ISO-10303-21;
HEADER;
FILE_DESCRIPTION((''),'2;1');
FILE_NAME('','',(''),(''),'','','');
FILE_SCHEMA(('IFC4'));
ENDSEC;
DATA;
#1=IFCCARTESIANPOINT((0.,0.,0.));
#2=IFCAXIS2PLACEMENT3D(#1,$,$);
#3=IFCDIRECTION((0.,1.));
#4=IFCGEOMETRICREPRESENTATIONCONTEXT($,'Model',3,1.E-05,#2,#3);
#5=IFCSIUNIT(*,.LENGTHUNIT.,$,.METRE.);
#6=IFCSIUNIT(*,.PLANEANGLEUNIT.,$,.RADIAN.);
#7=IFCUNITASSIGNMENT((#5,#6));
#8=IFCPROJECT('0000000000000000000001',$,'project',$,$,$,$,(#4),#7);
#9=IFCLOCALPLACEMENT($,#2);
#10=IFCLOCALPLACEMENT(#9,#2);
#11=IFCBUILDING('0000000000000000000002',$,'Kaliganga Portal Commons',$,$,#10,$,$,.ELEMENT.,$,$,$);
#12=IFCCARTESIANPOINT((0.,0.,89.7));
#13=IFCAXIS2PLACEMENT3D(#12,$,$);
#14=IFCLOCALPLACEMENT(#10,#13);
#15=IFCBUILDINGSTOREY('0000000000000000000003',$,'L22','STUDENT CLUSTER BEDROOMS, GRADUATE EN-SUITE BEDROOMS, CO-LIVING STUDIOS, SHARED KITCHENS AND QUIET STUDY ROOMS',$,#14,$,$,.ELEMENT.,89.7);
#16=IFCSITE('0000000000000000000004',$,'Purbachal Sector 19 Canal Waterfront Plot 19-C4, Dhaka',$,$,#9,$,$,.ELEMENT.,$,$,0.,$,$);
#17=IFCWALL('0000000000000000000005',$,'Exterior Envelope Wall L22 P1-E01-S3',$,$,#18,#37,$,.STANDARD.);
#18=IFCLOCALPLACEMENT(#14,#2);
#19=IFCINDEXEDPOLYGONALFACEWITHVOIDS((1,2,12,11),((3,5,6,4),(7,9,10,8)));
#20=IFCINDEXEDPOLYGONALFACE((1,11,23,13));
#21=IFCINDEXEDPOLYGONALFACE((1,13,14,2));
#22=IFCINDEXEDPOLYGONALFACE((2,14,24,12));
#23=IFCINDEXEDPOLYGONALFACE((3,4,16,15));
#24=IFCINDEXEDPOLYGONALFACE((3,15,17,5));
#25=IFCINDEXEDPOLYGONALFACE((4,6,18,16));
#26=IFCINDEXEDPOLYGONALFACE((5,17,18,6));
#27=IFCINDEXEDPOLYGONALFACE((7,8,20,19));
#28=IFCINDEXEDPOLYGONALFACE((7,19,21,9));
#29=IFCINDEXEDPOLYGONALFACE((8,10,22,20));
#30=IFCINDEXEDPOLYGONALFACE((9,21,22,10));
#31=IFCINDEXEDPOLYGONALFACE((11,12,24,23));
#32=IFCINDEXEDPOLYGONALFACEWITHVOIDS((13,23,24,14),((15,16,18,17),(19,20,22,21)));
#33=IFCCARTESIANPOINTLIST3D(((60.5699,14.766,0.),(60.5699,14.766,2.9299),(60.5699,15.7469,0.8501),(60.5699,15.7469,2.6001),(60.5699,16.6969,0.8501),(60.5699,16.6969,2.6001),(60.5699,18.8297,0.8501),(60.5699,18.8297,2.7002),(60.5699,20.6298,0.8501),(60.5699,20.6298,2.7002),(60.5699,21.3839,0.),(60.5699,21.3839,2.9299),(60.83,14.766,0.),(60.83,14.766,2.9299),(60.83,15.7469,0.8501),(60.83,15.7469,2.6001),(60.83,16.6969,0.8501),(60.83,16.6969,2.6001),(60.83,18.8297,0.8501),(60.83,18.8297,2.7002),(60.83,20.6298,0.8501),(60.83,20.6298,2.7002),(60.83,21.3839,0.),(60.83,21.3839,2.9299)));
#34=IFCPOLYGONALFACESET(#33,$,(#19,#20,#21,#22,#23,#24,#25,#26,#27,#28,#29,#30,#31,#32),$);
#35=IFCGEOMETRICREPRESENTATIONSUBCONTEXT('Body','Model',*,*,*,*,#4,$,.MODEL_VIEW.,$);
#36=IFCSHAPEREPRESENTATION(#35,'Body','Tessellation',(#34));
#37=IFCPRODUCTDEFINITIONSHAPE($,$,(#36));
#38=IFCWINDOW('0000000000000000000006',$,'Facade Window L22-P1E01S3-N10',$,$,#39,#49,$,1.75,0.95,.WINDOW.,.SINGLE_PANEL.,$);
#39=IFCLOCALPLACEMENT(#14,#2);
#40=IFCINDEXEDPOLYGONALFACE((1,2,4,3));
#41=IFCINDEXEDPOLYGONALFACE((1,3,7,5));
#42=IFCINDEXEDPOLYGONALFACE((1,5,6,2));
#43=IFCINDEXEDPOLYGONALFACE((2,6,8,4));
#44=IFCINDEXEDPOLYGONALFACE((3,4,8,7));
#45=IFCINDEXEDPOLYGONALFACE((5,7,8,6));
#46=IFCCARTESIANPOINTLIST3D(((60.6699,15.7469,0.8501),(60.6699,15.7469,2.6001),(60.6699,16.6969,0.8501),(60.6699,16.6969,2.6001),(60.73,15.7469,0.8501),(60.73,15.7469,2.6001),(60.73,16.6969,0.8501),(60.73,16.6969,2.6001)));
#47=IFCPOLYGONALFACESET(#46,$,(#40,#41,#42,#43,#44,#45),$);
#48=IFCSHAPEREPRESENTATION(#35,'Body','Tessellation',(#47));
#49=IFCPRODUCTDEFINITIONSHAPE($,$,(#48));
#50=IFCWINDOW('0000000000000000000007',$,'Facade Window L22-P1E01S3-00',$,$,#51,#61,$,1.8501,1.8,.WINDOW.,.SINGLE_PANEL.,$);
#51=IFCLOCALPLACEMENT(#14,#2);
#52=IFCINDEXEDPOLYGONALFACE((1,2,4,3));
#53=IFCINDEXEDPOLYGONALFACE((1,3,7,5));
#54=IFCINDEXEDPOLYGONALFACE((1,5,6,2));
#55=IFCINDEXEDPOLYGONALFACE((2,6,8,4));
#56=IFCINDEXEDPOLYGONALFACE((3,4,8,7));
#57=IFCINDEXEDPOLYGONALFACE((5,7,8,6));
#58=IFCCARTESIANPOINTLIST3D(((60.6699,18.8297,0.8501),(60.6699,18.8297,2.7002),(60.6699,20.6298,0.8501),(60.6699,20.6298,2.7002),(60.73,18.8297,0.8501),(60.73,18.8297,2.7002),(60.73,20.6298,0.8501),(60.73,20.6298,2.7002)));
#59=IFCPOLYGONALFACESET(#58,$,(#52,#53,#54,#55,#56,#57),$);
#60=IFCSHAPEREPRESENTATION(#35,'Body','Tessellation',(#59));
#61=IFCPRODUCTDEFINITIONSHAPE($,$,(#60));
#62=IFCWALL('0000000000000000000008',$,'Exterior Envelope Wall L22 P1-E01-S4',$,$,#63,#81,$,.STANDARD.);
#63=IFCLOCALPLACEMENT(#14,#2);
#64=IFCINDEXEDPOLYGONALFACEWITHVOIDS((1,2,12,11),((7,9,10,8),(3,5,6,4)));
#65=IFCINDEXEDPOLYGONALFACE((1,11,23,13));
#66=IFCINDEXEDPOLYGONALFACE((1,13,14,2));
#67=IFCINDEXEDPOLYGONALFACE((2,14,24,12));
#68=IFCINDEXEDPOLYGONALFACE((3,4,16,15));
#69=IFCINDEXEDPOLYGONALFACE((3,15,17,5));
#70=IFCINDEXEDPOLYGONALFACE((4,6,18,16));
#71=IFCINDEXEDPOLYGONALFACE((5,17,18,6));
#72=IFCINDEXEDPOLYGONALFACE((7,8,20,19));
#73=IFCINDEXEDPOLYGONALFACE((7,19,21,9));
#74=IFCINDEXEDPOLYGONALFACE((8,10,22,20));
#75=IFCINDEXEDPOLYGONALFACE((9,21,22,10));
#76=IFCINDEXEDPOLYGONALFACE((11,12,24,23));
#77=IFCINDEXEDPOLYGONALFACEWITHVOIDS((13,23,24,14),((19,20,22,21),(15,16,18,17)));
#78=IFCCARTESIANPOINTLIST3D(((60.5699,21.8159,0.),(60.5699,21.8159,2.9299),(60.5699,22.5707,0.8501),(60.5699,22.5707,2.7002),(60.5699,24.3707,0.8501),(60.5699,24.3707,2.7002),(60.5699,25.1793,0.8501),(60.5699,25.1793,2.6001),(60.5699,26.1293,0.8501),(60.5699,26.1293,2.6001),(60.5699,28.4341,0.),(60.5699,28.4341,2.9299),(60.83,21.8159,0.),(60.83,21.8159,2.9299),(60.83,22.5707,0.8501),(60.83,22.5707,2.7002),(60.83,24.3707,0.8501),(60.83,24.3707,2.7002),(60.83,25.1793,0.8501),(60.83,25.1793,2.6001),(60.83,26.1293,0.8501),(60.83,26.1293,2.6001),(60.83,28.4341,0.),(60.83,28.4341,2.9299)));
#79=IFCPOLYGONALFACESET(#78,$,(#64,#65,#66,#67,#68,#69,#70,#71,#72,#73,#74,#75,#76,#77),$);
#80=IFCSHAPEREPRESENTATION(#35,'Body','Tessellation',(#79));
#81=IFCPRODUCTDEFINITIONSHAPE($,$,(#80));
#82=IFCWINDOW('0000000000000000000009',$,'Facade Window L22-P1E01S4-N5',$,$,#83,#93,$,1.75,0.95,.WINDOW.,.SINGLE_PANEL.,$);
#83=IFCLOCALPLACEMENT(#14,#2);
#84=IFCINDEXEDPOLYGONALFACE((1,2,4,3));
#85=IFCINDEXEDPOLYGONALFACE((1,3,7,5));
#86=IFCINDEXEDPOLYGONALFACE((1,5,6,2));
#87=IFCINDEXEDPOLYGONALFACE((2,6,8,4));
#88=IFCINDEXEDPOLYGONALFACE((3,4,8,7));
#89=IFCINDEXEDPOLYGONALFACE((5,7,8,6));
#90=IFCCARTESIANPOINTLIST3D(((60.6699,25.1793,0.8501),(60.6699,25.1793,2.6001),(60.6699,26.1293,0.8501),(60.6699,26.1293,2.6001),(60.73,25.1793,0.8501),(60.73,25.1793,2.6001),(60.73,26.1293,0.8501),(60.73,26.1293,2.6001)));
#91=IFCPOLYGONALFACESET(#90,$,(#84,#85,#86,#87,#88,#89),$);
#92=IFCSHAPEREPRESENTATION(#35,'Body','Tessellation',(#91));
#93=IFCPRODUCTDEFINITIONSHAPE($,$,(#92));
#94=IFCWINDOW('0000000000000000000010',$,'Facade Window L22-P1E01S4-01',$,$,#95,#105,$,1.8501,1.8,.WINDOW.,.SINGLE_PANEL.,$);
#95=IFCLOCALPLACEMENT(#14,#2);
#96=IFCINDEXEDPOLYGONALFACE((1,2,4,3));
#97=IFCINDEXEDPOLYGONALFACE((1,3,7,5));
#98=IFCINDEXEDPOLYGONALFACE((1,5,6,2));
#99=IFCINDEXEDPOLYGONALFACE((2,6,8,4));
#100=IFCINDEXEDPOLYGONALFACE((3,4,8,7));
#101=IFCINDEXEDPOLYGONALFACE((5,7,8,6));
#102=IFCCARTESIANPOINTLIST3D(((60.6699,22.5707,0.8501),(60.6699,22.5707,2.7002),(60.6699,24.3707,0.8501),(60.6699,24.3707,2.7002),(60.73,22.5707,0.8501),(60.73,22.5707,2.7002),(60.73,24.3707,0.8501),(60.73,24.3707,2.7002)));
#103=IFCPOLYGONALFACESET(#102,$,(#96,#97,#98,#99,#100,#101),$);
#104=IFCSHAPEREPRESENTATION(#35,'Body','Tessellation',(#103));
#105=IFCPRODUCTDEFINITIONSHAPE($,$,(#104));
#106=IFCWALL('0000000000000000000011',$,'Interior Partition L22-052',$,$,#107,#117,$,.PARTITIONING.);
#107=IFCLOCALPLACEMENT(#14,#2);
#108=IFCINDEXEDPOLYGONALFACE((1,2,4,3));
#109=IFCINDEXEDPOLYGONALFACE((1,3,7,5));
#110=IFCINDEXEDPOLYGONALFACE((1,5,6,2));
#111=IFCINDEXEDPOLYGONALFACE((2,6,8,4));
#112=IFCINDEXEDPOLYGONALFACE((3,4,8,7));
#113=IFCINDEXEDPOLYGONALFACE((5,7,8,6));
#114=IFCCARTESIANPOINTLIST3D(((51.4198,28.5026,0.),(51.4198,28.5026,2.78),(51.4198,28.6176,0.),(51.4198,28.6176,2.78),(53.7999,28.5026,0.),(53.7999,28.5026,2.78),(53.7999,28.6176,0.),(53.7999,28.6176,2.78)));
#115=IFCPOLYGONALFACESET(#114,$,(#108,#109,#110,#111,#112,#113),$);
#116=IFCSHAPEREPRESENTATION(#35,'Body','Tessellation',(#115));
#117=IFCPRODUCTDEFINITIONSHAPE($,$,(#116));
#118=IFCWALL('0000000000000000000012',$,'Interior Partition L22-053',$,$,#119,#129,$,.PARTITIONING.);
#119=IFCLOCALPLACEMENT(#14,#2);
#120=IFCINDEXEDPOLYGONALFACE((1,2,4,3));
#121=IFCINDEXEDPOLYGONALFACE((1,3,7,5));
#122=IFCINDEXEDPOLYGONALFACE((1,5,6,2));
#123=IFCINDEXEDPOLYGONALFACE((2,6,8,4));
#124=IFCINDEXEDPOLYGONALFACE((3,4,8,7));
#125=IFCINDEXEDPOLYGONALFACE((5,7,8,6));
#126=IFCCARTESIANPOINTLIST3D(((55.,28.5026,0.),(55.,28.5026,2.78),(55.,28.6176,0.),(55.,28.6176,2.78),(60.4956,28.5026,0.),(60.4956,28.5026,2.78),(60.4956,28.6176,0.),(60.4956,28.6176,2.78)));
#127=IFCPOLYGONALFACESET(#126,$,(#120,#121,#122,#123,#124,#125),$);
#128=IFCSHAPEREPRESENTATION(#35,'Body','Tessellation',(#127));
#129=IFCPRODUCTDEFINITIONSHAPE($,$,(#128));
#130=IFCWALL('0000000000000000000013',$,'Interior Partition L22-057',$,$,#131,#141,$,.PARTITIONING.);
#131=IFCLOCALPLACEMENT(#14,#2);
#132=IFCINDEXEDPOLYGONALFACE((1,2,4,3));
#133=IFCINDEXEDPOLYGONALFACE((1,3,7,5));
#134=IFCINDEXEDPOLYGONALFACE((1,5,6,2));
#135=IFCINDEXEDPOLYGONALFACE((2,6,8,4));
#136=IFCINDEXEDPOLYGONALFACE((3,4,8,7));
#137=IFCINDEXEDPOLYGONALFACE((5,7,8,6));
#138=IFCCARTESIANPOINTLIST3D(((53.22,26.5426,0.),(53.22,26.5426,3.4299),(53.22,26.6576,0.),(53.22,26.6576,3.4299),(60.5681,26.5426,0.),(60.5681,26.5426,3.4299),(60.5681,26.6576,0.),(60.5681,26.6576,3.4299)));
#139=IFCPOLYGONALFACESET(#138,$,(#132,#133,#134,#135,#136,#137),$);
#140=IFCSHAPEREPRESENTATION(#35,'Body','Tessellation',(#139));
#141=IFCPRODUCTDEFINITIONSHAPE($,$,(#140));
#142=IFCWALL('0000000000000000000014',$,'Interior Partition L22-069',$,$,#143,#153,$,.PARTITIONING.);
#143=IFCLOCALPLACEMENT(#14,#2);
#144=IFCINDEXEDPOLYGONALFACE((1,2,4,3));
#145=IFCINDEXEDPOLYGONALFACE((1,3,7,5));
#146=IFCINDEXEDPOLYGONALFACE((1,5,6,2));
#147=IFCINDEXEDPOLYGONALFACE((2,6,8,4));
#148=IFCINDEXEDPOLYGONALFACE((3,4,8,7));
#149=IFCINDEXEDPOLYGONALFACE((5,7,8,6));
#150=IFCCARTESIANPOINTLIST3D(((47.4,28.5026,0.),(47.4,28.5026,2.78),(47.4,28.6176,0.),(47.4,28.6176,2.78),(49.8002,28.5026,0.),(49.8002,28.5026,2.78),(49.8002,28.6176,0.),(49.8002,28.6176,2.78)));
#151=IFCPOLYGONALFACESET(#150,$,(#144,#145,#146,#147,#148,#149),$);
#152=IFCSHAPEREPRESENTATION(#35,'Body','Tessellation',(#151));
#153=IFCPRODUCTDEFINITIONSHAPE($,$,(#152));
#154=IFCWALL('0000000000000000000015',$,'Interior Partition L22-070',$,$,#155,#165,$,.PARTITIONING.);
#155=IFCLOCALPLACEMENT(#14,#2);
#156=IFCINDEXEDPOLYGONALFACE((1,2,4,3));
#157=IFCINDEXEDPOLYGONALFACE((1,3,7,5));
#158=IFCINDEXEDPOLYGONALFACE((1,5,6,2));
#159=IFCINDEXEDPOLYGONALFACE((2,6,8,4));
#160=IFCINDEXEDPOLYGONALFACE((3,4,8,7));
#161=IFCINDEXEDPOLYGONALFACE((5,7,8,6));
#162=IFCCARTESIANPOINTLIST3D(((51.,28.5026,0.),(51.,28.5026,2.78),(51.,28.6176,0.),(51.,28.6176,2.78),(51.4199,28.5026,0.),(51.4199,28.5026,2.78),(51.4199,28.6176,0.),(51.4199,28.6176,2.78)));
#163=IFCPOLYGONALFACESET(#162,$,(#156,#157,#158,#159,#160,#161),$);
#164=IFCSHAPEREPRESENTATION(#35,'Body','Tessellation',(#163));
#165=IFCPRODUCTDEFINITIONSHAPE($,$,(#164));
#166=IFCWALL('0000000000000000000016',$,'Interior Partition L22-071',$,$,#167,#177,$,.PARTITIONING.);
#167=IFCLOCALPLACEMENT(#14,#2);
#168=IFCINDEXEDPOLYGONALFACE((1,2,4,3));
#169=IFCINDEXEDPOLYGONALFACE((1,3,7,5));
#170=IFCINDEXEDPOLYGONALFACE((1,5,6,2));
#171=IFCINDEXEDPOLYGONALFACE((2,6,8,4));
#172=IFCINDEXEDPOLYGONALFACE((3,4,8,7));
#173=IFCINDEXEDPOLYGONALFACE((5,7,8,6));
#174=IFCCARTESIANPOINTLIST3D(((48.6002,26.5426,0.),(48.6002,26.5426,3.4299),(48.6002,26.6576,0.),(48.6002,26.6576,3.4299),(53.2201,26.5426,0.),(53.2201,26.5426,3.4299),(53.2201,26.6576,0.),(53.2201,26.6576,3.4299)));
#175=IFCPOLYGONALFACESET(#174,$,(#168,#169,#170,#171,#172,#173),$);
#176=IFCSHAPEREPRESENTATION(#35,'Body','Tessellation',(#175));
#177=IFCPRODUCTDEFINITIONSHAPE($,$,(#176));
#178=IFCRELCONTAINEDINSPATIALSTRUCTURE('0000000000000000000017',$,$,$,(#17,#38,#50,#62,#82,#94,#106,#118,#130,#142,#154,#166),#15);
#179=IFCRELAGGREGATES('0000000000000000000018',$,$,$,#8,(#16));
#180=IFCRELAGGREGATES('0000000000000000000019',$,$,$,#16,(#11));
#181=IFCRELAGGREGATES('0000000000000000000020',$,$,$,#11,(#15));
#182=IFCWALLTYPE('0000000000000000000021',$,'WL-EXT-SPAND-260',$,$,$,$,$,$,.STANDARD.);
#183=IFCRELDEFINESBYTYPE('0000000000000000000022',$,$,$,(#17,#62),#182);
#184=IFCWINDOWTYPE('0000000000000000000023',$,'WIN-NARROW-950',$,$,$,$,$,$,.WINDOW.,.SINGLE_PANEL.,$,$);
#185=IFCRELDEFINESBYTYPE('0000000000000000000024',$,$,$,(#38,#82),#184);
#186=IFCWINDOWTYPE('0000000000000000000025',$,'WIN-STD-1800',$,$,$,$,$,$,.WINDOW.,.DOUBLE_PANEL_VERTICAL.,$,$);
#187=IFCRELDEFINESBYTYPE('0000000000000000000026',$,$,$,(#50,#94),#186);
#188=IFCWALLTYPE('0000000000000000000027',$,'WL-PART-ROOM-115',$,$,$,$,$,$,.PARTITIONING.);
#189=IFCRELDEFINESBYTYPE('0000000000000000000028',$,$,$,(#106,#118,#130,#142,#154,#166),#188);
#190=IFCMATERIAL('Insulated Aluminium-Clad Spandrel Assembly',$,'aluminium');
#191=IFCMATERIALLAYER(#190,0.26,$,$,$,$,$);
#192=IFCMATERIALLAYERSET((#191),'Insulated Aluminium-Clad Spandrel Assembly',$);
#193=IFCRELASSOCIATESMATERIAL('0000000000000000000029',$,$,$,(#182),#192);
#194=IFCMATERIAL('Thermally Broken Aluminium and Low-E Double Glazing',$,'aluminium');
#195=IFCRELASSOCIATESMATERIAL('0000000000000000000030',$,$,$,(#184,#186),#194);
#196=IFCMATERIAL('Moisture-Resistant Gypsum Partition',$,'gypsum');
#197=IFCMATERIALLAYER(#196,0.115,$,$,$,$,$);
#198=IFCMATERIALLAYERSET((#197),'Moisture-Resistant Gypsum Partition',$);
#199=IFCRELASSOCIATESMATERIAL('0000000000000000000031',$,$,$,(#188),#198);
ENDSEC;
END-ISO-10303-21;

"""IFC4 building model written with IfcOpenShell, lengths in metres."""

from ifc_helpers import new_model, si_unit, direction, frame, frame_2d, origin, place, context, subcontext, project, spatial, rectangle, extrude, material, layer, layer_set, type_object, element, fill, save


model = new_model("IFC4")

# Units and contexts
model_context = context("Model", 3, precision=1e-05, world=origin(), true_north=direction((0.0, 1.0)))
body_context = subcontext(model_context, "Body", "Model", "MODEL_VIEW")
ifc_project = project(units=[si_unit("LENGTHUNIT", "METRE"), si_unit("PLANEANGLEUNIT", "RADIAN")], contexts=[model_context])

# Site, building, storey
site_placement = place(None, origin())
site = spatial("IfcSite", under=ifc_project, at=site_placement, Name="Purbachal Sector 19 Canal Waterfront Plot 19-C4, Dhaka", CompositionType="ELEMENT", RefElevation=0.0)
building_placement = place(site_placement, origin())
building = spatial("IfcBuilding", under=site, at=building_placement, Name="Kaliganga Portal Commons", CompositionType="ELEMENT")
storey_placement = place(building_placement, frame((0.0, 0.0, 89.7)))
storey = spatial("IfcBuildingStorey", under=building, at=storey_placement, Name="L22", Description="STUDENT CLUSTER BEDROOMS, GRADUATE EN-SUITE BEDROOMS, CO-LIVING STUDIOS, SHARED KITCHENS AND QUIET STUDY ROOMS", CompositionType="ELEMENT", Elevation=89.7)

# Walls, openings, windows
ifc_material_1 = material(Name="Insulated Aluminium-Clad Spandrel Assembly", Category="aluminium")
ifc_layer_1 = layer(ifc_material_1, 0.26)
ifc_layer_set_1 = layer_set([ifc_layer_1], Name="Insulated Aluminium-Clad Spandrel Assembly")
wall_type_1 = type_object("IfcWallType", Name="WL-EXT-SPAND-260", PredefinedType="STANDARD", material=ifc_layer_set_1)
wall_1_placement = place(storey_placement, frame((60.7, 21.384, 0.0), z_axis=(0.0, 0.0, 1.0), x_axis=(0.0, -1.0, 0.0)))
wall_1 = element("IfcWall", 1, at=wall_1_placement, inside=storey, type_object=wall_type_1, Name="Exterior Envelope Wall L22 P1-E01-S3", PredefinedType="STANDARD", context=body_context, shape_type="SweptSolid", body=[
    extrude(rectangle(XDim=6.6179, YDim=0.26, at=frame_2d((3.3091, 0.0))), origin(), (0.0, 0.0, 1.0), 2.9299),
])
opening_1_placement = place(wall_1_placement, frame((0.7544, 0.0, 0.8501)))
opening_1 = element("IfcOpeningElement", 2, at=opening_1_placement, cuts=wall_1, PredefinedType="OPENING", context=body_context, shape_type="SweptSolid", body=[
    extrude(rectangle(XDim=1.8, YDim=1.8501, at=frame_2d((0.8999, 0.925))), frame((0.0, 0.1401, 0.0), z_axis=(0.0, -1.0, 0.0), x_axis=(1.0, 0.0, 0.0)), (0.0, 0.0, 1.0), 0.28),
])
opening_2_placement = place(wall_1_placement, frame((4.687, 0.0, 0.8501)))
opening_2 = element("IfcOpeningElement", 3, at=opening_2_placement, cuts=wall_1, PredefinedType="OPENING", context=body_context, shape_type="SweptSolid", body=[
    extrude(rectangle(XDim=0.95, YDim=1.75, at=frame_2d((0.4751, 0.875))), frame((0.0, 0.1401, 0.0), z_axis=(0.0, -1.0, 0.0), x_axis=(1.0, 0.0, 0.0)), (0.0, 0.0, 1.0), 0.28),
])
ifc_material_2 = material(Name="Thermally Broken Aluminium and Low-E Double Glazing", Category="aluminium")
window_type_1 = type_object("IfcWindowType", Name="WIN-NARROW-950", PartitioningType="SINGLE_PANEL", PredefinedType="WINDOW", material=ifc_material_2)
window_1_placement = place(opening_2_placement, origin())
window_1 = element("IfcWindow", 4, at=window_1_placement, inside=storey, type_object=window_type_1, Name="Facade Window L22-P1E01S3-N10", OverallHeight=1.75, OverallWidth=0.95, PartitioningType="SINGLE_PANEL", PredefinedType="WINDOW", context=body_context, shape_type="SweptSolid", body=[
    extrude(rectangle(XDim=0.95, YDim=1.75, at=frame_2d((0.4751, 0.875))), frame((0.0, 0.03, 0.0), z_axis=(0.0, -1.0, 0.0), x_axis=(1.0, 0.0, 0.0)), (0.0, 0.0, 1.0), 0.0601),
])
fill(opening_2, window_1)
window_type_2 = type_object("IfcWindowType", Name="WIN-STD-1800", PartitioningType="DOUBLE_PANEL_VERTICAL", PredefinedType="WINDOW", material=ifc_material_2)
window_2_placement = place(opening_1_placement, origin())
window_2 = element("IfcWindow", 5, at=window_2_placement, inside=storey, type_object=window_type_2, Name="Facade Window L22-P1E01S3-00", OverallHeight=1.8501, OverallWidth=1.8, PartitioningType="SINGLE_PANEL", PredefinedType="WINDOW", context=body_context, shape_type="SweptSolid", body=[
    extrude(rectangle(XDim=1.8, YDim=1.8501, at=frame_2d((0.8999, 0.925))), frame((0.0, 0.03, 0.0), z_axis=(0.0, -1.0, 0.0), x_axis=(1.0, 0.0, 0.0)), (0.0, 0.0, 1.0), 0.0601),
])
fill(opening_1, window_2)
wall_2_placement = place(storey_placement, frame((60.7, 28.4341, 0.0), z_axis=(0.0, 0.0, 1.0), x_axis=(0.0, -1.0, 0.0)))
wall_2 = element("IfcWall", 6, at=wall_2_placement, inside=storey, type_object=wall_type_1, Name="Exterior Envelope Wall L22 P1-E01-S4", PredefinedType="STANDARD", context=body_context, shape_type="SweptSolid", body=[
    extrude(rectangle(XDim=6.6182, YDim=0.26, at=frame_2d((3.3091, 0.0))), origin(), (0.0, 0.0, 1.0), 2.9299),
])
opening_3_placement = place(wall_2_placement, frame((4.0635, 0.0, 0.8501)))
opening_3 = element("IfcOpeningElement", 7, at=opening_3_placement, cuts=wall_2, PredefinedType="OPENING", context=body_context, shape_type="SweptSolid", body=[
    extrude(rectangle(XDim=1.8, YDim=1.8501, at=frame_2d((0.8999, 0.925))), frame((0.0, 0.1401, 0.0), z_axis=(0.0, -1.0, 0.0), x_axis=(1.0, 0.0, 0.0)), (0.0, 0.0, 1.0), 0.28),
])
opening_4_placement = place(wall_2_placement, frame((2.3047, 0.0, 0.8501)))
opening_4 = element("IfcOpeningElement", 8, at=opening_4_placement, cuts=wall_2, PredefinedType="OPENING", context=body_context, shape_type="SweptSolid", body=[
    extrude(rectangle(XDim=0.95, YDim=1.75, at=frame_2d((0.4751, 0.875))), frame((0.0, 0.1401, 0.0), z_axis=(0.0, -1.0, 0.0), x_axis=(1.0, 0.0, 0.0)), (0.0, 0.0, 1.0), 0.28),
])
window_3_placement = place(opening_4_placement, origin())
window_3 = element("IfcWindow", 9, at=window_3_placement, inside=storey, type_object=window_type_1, Name="Facade Window L22-P1E01S4-N5", OverallHeight=1.75, OverallWidth=0.95, PartitioningType="SINGLE_PANEL", PredefinedType="WINDOW", context=body_context, shape_type="SweptSolid", body=[
    extrude(rectangle(XDim=0.95, YDim=1.75, at=frame_2d((0.4751, 0.875))), frame((0.0, 0.03, 0.0), z_axis=(0.0, -1.0, 0.0), x_axis=(1.0, 0.0, 0.0)), (0.0, 0.0, 1.0), 0.0601),
])
fill(opening_4, window_3)
window_4_placement = place(opening_3_placement, origin())
window_4 = element("IfcWindow", 10, at=window_4_placement, inside=storey, type_object=window_type_2, Name="Facade Window L22-P1E01S4-01", OverallHeight=1.8501, OverallWidth=1.8, PartitioningType="SINGLE_PANEL", PredefinedType="WINDOW", context=body_context, shape_type="SweptSolid", body=[
    extrude(rectangle(XDim=1.8, YDim=1.8501, at=frame_2d((0.8999, 0.925))), frame((0.0, 0.03, 0.0), z_axis=(0.0, -1.0, 0.0), x_axis=(1.0, 0.0, 0.0)), (0.0, 0.0, 1.0), 0.0601),
])
fill(opening_3, window_4)

# Walls
ifc_material_3 = material(Name="Moisture-Resistant Gypsum Partition", Category="gypsum")
ifc_layer_2 = layer(ifc_material_3, 0.115)
ifc_layer_set_2 = layer_set([ifc_layer_2], Name="Moisture-Resistant Gypsum Partition")
wall_type_2 = type_object("IfcWallType", Name="WL-PART-ROOM-115", PredefinedType="PARTITIONING", material=ifc_layer_set_2)
wall_3_placement = place(storey_placement, frame((51.4199, 28.5601, 0.0), z_axis=(0.0, 0.0, 1.0), x_axis=(1.0, 0.0, 0.0)))
element("IfcWall", 11, at=wall_3_placement, inside=storey, type_object=wall_type_2, Name="Interior Partition L22-052", PredefinedType="PARTITIONING", context=body_context, shape_type="SweptSolid", body=[
    extrude(rectangle(XDim=2.3801, YDim=0.115, at=frame_2d((1.1899, 0.0))), origin(), (0.0, 0.0, 1.0), 2.78),
])
wall_4_placement = place(storey_placement, frame((55.0, 28.5601, 0.0), z_axis=(0.0, 0.0, 1.0), x_axis=(1.0, 0.0, 0.0)))
element("IfcWall", 12, at=wall_4_placement, inside=storey, type_object=wall_type_2, Name="Interior Partition L22-053", PredefinedType="PARTITIONING", context=body_context, shape_type="SweptSolid", body=[
    extrude(rectangle(XDim=5.4956, YDim=0.115, at=frame_2d((2.7478, 0.0))), origin(), (0.0, 0.0, 1.0), 2.78),
])
wall_5_placement = place(storey_placement, frame((53.22, 26.6001, 0.0), z_axis=(0.0, 0.0, 1.0), x_axis=(1.0, 0.0, 0.0)))
element("IfcWall", 13, at=wall_5_placement, inside=storey, type_object=wall_type_2, Name="Interior Partition L22-057", PredefinedType="PARTITIONING", context=body_context, shape_type="SweptSolid", body=[
    extrude(rectangle(XDim=7.3481, YDim=0.115, at=frame_2d((3.6741, 0.0))), origin(), (0.0, 0.0, 1.0), 3.4299),
])
wall_6_placement = place(storey_placement, frame((47.3999, 28.5601, 0.0), z_axis=(0.0, 0.0, 1.0), x_axis=(1.0, 0.0, 0.0)))
element("IfcWall", 14, at=wall_6_placement, inside=storey, type_object=wall_type_2, Name="Interior Partition L22-069", PredefinedType="PARTITIONING", context=body_context, shape_type="SweptSolid", body=[
    extrude(rectangle(XDim=2.4001, YDim=0.115, at=frame_2d((1.2002, 0.0))), origin(), (0.0, 0.0, 1.0), 2.78),
])
wall_7_placement = place(storey_placement, frame((51.0, 28.5601, 0.0), z_axis=(0.0, 0.0, 1.0), x_axis=(1.0, 0.0, 0.0)))
element("IfcWall", 15, at=wall_7_placement, inside=storey, type_object=wall_type_2, Name="Interior Partition L22-070", PredefinedType="PARTITIONING", context=body_context, shape_type="SweptSolid", body=[
    extrude(rectangle(XDim=0.4199, YDim=0.115, at=frame_2d((0.21, 0.0))), origin(), (0.0, 0.0, 1.0), 2.78),
])
wall_8_placement = place(storey_placement, frame((48.6001, 26.6001, 0.0), z_axis=(0.0, 0.0, 1.0), x_axis=(1.0, 0.0, 0.0)))
element("IfcWall", 16, at=wall_8_placement, inside=storey, type_object=wall_type_2, Name="Interior Partition L22-071", PredefinedType="PARTITIONING", context=body_context, shape_type="SweptSolid", body=[
    extrude(rectangle(XDim=4.6199, YDim=0.115, at=frame_2d((2.3101, 0.0))), origin(), (0.0, 0.0, 1.0), 3.4299),
])

save(model, "model.ifc")
